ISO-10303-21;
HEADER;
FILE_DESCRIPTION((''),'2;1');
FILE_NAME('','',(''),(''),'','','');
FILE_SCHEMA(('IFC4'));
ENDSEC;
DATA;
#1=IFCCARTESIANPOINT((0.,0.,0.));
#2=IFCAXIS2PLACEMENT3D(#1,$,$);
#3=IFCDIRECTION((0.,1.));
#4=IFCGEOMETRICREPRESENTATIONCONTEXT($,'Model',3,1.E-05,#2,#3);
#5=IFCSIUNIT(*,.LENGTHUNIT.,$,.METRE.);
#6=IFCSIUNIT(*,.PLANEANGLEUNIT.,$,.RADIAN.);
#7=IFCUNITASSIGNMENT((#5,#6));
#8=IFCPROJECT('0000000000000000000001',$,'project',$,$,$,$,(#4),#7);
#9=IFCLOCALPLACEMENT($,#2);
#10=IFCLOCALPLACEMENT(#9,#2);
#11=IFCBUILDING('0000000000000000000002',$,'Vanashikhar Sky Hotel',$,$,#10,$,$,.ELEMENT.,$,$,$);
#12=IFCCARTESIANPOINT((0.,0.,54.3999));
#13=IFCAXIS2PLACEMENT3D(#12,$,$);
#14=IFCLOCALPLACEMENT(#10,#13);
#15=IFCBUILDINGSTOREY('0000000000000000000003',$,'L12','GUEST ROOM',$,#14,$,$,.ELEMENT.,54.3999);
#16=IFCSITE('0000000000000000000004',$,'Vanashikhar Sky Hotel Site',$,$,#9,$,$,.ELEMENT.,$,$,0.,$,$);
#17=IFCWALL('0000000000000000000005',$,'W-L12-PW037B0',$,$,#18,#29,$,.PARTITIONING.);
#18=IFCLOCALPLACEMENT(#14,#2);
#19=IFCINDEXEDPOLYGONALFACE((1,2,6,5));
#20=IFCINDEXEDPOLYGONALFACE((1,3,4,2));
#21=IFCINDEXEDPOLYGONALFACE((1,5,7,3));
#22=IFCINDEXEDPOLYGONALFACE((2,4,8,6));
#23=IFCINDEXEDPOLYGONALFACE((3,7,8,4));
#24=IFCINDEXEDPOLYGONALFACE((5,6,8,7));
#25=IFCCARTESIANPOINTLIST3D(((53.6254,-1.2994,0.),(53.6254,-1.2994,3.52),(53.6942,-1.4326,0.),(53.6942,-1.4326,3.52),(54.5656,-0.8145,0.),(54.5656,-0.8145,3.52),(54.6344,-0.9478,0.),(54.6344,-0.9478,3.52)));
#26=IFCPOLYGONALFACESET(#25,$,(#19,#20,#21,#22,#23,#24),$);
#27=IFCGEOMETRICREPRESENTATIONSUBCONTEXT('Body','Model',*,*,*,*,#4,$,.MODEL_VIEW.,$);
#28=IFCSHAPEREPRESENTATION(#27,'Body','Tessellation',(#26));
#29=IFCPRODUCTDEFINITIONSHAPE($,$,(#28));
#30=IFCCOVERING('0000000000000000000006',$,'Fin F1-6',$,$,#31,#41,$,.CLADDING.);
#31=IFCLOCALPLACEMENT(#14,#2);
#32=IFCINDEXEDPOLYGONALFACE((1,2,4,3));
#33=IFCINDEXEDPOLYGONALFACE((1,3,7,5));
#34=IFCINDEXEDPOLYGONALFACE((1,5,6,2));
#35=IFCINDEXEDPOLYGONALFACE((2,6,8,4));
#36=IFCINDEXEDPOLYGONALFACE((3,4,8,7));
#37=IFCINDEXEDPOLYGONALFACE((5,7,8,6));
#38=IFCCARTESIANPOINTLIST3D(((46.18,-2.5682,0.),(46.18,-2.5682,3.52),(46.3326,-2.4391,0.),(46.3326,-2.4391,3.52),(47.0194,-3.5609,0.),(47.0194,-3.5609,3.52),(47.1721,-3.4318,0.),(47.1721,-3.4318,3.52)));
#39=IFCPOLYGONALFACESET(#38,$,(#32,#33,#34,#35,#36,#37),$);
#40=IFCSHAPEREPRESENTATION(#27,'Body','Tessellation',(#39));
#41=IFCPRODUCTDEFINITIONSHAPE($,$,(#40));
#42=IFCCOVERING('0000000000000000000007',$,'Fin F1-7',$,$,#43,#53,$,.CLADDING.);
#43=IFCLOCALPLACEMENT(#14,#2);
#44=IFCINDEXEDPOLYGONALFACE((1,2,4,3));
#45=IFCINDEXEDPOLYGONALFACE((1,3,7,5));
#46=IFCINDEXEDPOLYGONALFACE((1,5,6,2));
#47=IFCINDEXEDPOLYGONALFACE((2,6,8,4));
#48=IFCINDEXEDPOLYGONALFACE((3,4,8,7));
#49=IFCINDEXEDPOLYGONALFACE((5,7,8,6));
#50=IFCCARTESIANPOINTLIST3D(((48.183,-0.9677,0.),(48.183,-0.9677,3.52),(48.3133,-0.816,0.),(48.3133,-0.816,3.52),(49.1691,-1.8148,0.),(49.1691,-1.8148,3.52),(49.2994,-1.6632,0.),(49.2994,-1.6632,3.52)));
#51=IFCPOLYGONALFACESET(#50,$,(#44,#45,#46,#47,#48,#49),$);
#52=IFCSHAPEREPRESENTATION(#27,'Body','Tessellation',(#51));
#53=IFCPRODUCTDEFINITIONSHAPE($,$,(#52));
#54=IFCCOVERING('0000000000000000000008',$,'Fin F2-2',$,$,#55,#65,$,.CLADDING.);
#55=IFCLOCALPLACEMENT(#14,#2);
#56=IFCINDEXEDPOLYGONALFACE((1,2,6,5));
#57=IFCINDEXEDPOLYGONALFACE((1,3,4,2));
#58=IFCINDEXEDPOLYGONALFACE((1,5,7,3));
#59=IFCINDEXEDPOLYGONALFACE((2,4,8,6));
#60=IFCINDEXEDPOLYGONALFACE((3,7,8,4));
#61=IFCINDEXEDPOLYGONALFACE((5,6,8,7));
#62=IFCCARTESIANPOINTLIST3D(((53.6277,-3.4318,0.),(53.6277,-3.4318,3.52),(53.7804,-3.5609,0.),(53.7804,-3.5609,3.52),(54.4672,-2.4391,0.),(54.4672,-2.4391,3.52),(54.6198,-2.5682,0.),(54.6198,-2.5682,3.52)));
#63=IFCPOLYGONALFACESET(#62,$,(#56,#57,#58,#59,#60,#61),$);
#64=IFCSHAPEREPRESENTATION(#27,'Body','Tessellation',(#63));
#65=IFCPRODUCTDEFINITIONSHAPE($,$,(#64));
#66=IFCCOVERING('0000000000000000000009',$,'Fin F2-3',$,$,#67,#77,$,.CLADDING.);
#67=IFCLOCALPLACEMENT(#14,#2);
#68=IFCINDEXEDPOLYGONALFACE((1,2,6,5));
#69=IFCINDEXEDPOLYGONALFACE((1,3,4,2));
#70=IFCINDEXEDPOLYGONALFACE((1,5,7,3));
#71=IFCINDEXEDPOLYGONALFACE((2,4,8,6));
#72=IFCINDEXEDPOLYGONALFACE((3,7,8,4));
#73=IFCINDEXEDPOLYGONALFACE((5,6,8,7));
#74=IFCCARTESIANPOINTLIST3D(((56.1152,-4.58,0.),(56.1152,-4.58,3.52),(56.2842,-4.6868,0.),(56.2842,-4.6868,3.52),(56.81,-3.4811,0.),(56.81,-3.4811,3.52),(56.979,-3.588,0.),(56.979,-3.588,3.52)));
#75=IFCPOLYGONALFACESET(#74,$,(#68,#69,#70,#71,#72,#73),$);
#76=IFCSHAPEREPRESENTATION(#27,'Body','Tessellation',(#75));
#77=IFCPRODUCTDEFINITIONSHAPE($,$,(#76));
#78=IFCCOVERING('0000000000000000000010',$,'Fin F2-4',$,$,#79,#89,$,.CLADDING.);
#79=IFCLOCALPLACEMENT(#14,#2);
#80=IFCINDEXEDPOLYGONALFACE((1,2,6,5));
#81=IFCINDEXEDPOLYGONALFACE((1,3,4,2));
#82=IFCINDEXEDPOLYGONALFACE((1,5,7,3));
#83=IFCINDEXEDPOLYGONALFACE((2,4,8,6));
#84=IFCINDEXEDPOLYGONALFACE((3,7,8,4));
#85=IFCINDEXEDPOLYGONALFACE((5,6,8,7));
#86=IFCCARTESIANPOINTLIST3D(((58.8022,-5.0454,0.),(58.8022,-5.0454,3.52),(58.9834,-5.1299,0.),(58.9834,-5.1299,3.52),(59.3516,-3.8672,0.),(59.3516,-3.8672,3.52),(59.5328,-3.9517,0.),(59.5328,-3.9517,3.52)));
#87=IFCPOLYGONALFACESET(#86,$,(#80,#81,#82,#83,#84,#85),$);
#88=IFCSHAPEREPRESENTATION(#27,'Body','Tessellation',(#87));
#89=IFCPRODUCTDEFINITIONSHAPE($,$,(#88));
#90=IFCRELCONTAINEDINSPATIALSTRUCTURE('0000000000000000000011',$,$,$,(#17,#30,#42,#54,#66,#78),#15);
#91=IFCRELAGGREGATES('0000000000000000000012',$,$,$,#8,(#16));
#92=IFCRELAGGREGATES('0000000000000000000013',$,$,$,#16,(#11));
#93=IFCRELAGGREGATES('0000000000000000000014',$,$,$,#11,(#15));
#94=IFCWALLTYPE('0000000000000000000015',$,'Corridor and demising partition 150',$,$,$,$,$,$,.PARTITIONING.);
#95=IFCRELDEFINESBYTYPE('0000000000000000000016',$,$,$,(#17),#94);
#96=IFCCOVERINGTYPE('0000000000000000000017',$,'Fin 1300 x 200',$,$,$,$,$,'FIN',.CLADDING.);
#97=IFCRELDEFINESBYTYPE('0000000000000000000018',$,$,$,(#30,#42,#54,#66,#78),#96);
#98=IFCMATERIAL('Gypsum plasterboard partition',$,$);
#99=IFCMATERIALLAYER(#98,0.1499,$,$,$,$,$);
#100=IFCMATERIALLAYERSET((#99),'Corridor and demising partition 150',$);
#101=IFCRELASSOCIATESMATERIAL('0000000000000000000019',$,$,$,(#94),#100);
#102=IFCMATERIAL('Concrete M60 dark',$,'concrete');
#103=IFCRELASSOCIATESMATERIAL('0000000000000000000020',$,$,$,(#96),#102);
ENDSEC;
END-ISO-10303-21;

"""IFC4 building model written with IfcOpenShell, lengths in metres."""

from ifc_helpers import new_model, si_unit, direction, frame, frame_2d, origin, origin_2d, place, context, subcontext, project, spatial, rectangle, extrude, source, transform, mapped, material, layer, layer_set, material_profile, profile_set, type_object, element, save


model = new_model("IFC4")

# Units and contexts
model_context = context("Model", 3, precision=1e-05, world=origin(), true_north=direction((0.0, 1.0)))
body_context = subcontext(model_context, "Body", "Model", "MODEL_VIEW")
ifc_project = project(units=[si_unit("LENGTHUNIT", "METRE"), si_unit("PLANEANGLEUNIT", "RADIAN")], contexts=[model_context])

# Site, building, storey
site_placement = place(None, origin())
site = spatial("IfcSite", under=ifc_project, at=site_placement, Name="Vanashikhar Sky Hotel Site", CompositionType="ELEMENT", RefElevation=0.0)
building_placement = place(site_placement, origin())
building = spatial("IfcBuilding", under=site, at=building_placement, Name="Vanashikhar Sky Hotel", CompositionType="ELEMENT")
storey_placement = place(building_placement, frame((0.0, 0.0, 54.3999)))
storey = spatial("IfcBuildingStorey", under=building, at=storey_placement, Name="L12", Description="GUEST ROOM", CompositionType="ELEMENT", Elevation=54.3999)

# Wall
ifc_material_1 = material(Name="Gypsum plasterboard partition")
ifc_layer_1 = layer(ifc_material_1, 0.1499)
ifc_layer_set_1 = layer_set([ifc_layer_1], Name="Corridor and demising partition 150")
wall_type_1 = type_object("IfcWallType", Name="Corridor and demising partition 150", PredefinedType="PARTITIONING", material=ifc_layer_set_1)
shared_shape_1 = source(origin(), body_context, "Body", "SweptSolid", [
    extrude(rectangle(XDim=1.0579, YDim=0.1499, at=frame_2d((0.5288, 0.0))), origin(), (0.0, 0.0, 1.0), 3.52),
])
wall_1_placement = place(storey_placement, frame((53.6599, -1.366, 0.0), z_axis=(0.0, 0.0, 1.0), x_axis=(0.888772, 0.458349, 0.0)))
element("IfcWall", 1, at=wall_1_placement, inside=storey, type_object=wall_type_1, Name="W-L12-PW037B0", PredefinedType="PARTITIONING", context=body_context, shape_type="MappedRepresentation", body=[
    mapped(shared_shape_1, transform((0.0, 0.0, 0.0), scale=1.0)),
])

# Coverings
ifc_material_2 = material(Name="Concrete M60 dark", Category="concrete")
ifc_material_profile = material_profile(ifc_material_2, rectangle(XDim=1.3, YDim=0.2, at=origin_2d()))
ifc_profile_set = profile_set([ifc_material_profile], Name="Fin 1300 x 200")
covering_type = type_object("IfcCoveringType", Name="Fin 1300 x 200", ElementType="FIN", PredefinedType="CLADDING", material=ifc_profile_set)
shared_shape_2 = source(origin(), body_context, "Body", "SweptSolid", [
    extrude(rectangle(XDim=1.3, YDim=0.2, at=origin_2d()), origin(), (0.0, 0.0, 1.0), 3.52),
])
for number, where, z_axis, x_axis, name in (
    (2, (46.676, -3.0, 0.0), (0.0, 0.0, 1.0), (0.645698, -0.763593, 0.0), "Fin F1-6"),
    (3, (48.7412, -1.3154, 0.0), (0.0, 0.0, 1.0), (0.758544, -0.651622, 0.0), "Fin F1-7"),
    (4, (54.1238, -3.0, 0.0), (0.0, 0.0, 1.0), (-0.645698, -0.763593, 0.0), "Fin F2-2"),
    (5, (56.5471, -4.084, 0.0), (0.0, 0.0, 1.0), (-0.534411, -0.845225, 0.0), "Fin F2-3"),
    (6, (59.1675, -4.4985, 0.0), (0.0, 0.0, 1.0), (-0.422618, -0.906308, 0.0), "Fin F2-4"),
):
    element("IfcCovering", number, at=place(storey_placement, frame(where, z_axis=z_axis, x_axis=x_axis)), inside=storey, type_object=covering_type, Name=name, PredefinedType="CLADDING", context=body_context, shape_type="MappedRepresentation", body=[
        mapped(shared_shape_2, transform((0.0, 0.0, 0.0), scale=1.0)),
    ])

save(model, "model.ifc")
